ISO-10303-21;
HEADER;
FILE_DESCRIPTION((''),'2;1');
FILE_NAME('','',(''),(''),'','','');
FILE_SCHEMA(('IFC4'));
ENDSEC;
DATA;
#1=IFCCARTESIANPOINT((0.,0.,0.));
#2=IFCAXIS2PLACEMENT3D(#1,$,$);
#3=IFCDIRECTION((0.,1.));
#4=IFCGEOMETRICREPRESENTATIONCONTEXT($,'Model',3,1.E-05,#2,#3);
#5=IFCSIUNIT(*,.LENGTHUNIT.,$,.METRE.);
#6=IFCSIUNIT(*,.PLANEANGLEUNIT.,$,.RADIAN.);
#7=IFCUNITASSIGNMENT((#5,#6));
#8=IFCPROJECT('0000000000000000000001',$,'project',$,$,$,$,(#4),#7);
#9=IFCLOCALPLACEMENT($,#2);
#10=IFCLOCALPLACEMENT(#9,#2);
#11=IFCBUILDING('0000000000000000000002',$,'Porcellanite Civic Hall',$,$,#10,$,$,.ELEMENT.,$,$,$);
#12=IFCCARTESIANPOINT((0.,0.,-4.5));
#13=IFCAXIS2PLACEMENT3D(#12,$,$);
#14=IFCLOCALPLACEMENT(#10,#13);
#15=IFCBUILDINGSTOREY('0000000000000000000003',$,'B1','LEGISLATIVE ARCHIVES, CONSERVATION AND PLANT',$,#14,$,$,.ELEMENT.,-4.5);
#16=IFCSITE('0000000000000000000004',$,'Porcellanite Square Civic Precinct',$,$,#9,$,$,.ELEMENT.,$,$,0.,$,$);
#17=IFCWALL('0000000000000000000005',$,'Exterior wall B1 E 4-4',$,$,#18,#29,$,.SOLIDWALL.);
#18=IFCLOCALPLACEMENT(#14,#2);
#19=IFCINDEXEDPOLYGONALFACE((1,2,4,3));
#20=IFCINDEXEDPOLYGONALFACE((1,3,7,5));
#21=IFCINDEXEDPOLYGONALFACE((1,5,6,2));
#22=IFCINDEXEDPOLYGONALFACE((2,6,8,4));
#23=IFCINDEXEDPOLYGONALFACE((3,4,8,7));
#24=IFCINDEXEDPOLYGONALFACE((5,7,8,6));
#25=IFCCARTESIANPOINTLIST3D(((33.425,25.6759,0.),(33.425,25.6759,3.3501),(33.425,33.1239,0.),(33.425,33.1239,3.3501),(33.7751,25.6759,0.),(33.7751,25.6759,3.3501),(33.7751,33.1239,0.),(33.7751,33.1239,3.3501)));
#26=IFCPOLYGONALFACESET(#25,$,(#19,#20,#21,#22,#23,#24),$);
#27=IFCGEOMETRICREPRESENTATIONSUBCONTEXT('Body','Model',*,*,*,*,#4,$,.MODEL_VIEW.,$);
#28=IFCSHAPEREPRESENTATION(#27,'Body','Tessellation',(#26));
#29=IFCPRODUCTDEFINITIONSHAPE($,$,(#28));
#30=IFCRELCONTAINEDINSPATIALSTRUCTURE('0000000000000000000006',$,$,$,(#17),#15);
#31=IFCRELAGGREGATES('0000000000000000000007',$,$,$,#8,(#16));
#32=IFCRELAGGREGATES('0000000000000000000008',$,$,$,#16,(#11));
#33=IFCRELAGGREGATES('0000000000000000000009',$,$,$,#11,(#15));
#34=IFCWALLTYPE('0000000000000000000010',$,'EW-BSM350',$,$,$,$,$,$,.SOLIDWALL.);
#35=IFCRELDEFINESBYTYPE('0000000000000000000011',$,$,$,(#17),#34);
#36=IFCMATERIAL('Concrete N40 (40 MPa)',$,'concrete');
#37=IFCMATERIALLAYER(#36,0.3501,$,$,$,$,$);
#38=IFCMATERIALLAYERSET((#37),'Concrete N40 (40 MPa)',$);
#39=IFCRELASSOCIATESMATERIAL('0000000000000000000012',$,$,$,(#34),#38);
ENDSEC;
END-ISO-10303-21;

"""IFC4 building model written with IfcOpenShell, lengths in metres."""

from ifc_helpers import new_model, si_unit, direction, frame, frame_2d, origin, place, context, subcontext, project, spatial, rectangle, extrude, material, layer, layer_set, type_object, element, save


model = new_model("IFC4")

# Units and contexts
model_context = context("Model", 3, precision=1e-05, world=origin(), true_north=direction((0.0, 1.0)))
body_context = subcontext(model_context, "Body", "Model", "MODEL_VIEW")
ifc_project = project(units=[si_unit("LENGTHUNIT", "METRE"), si_unit("PLANEANGLEUNIT", "RADIAN")], contexts=[model_context])

# Site, building, storey
site_placement = place(None, origin())
site = spatial("IfcSite", under=ifc_project, at=site_placement, Name="Porcellanite Square Civic Precinct", CompositionType="ELEMENT", RefElevation=0.0)
building_placement = place(site_placement, origin())
building = spatial("IfcBuilding", under=site, at=building_placement, Name="Porcellanite Civic Hall", CompositionType="ELEMENT")
storey_placement = place(building_placement, frame((0.0, 0.0, -4.5)))
storey = spatial("IfcBuildingStorey", under=building, at=storey_placement, Name="B1", Description="LEGISLATIVE ARCHIVES, CONSERVATION AND PLANT", CompositionType="ELEMENT", Elevation=-4.5)

# Wall
ifc_material_1 = material(Name="Concrete N40 (40 MPa)", Category="concrete")
ifc_layer = layer(ifc_material_1, 0.3501)
ifc_layer_set = layer_set([ifc_layer], Name="Concrete N40 (40 MPa)")
wall_type = type_object("IfcWallType", Name="EW-BSM350", PredefinedType="SOLIDWALL", material=ifc_layer_set)
wall_1_placement = place(storey_placement, frame((33.6001, 33.124, 0.0), z_axis=(0.0, 0.0, 1.0), x_axis=(0.0, -1.0, 0.0)))
element("IfcWall", 1, at=wall_1_placement, inside=storey, type_object=wall_type, Name="Exterior wall B1 E 4-4", PredefinedType="SOLIDWALL", context=body_context, shape_type="SweptSolid", body=[
    extrude(rectangle(XDim=7.448, YDim=0.3501, at=frame_2d((3.7241, 0.0))), origin(), (0.0, 0.0, 1.0), 3.3501),
])

save(model, "model.ifc")
